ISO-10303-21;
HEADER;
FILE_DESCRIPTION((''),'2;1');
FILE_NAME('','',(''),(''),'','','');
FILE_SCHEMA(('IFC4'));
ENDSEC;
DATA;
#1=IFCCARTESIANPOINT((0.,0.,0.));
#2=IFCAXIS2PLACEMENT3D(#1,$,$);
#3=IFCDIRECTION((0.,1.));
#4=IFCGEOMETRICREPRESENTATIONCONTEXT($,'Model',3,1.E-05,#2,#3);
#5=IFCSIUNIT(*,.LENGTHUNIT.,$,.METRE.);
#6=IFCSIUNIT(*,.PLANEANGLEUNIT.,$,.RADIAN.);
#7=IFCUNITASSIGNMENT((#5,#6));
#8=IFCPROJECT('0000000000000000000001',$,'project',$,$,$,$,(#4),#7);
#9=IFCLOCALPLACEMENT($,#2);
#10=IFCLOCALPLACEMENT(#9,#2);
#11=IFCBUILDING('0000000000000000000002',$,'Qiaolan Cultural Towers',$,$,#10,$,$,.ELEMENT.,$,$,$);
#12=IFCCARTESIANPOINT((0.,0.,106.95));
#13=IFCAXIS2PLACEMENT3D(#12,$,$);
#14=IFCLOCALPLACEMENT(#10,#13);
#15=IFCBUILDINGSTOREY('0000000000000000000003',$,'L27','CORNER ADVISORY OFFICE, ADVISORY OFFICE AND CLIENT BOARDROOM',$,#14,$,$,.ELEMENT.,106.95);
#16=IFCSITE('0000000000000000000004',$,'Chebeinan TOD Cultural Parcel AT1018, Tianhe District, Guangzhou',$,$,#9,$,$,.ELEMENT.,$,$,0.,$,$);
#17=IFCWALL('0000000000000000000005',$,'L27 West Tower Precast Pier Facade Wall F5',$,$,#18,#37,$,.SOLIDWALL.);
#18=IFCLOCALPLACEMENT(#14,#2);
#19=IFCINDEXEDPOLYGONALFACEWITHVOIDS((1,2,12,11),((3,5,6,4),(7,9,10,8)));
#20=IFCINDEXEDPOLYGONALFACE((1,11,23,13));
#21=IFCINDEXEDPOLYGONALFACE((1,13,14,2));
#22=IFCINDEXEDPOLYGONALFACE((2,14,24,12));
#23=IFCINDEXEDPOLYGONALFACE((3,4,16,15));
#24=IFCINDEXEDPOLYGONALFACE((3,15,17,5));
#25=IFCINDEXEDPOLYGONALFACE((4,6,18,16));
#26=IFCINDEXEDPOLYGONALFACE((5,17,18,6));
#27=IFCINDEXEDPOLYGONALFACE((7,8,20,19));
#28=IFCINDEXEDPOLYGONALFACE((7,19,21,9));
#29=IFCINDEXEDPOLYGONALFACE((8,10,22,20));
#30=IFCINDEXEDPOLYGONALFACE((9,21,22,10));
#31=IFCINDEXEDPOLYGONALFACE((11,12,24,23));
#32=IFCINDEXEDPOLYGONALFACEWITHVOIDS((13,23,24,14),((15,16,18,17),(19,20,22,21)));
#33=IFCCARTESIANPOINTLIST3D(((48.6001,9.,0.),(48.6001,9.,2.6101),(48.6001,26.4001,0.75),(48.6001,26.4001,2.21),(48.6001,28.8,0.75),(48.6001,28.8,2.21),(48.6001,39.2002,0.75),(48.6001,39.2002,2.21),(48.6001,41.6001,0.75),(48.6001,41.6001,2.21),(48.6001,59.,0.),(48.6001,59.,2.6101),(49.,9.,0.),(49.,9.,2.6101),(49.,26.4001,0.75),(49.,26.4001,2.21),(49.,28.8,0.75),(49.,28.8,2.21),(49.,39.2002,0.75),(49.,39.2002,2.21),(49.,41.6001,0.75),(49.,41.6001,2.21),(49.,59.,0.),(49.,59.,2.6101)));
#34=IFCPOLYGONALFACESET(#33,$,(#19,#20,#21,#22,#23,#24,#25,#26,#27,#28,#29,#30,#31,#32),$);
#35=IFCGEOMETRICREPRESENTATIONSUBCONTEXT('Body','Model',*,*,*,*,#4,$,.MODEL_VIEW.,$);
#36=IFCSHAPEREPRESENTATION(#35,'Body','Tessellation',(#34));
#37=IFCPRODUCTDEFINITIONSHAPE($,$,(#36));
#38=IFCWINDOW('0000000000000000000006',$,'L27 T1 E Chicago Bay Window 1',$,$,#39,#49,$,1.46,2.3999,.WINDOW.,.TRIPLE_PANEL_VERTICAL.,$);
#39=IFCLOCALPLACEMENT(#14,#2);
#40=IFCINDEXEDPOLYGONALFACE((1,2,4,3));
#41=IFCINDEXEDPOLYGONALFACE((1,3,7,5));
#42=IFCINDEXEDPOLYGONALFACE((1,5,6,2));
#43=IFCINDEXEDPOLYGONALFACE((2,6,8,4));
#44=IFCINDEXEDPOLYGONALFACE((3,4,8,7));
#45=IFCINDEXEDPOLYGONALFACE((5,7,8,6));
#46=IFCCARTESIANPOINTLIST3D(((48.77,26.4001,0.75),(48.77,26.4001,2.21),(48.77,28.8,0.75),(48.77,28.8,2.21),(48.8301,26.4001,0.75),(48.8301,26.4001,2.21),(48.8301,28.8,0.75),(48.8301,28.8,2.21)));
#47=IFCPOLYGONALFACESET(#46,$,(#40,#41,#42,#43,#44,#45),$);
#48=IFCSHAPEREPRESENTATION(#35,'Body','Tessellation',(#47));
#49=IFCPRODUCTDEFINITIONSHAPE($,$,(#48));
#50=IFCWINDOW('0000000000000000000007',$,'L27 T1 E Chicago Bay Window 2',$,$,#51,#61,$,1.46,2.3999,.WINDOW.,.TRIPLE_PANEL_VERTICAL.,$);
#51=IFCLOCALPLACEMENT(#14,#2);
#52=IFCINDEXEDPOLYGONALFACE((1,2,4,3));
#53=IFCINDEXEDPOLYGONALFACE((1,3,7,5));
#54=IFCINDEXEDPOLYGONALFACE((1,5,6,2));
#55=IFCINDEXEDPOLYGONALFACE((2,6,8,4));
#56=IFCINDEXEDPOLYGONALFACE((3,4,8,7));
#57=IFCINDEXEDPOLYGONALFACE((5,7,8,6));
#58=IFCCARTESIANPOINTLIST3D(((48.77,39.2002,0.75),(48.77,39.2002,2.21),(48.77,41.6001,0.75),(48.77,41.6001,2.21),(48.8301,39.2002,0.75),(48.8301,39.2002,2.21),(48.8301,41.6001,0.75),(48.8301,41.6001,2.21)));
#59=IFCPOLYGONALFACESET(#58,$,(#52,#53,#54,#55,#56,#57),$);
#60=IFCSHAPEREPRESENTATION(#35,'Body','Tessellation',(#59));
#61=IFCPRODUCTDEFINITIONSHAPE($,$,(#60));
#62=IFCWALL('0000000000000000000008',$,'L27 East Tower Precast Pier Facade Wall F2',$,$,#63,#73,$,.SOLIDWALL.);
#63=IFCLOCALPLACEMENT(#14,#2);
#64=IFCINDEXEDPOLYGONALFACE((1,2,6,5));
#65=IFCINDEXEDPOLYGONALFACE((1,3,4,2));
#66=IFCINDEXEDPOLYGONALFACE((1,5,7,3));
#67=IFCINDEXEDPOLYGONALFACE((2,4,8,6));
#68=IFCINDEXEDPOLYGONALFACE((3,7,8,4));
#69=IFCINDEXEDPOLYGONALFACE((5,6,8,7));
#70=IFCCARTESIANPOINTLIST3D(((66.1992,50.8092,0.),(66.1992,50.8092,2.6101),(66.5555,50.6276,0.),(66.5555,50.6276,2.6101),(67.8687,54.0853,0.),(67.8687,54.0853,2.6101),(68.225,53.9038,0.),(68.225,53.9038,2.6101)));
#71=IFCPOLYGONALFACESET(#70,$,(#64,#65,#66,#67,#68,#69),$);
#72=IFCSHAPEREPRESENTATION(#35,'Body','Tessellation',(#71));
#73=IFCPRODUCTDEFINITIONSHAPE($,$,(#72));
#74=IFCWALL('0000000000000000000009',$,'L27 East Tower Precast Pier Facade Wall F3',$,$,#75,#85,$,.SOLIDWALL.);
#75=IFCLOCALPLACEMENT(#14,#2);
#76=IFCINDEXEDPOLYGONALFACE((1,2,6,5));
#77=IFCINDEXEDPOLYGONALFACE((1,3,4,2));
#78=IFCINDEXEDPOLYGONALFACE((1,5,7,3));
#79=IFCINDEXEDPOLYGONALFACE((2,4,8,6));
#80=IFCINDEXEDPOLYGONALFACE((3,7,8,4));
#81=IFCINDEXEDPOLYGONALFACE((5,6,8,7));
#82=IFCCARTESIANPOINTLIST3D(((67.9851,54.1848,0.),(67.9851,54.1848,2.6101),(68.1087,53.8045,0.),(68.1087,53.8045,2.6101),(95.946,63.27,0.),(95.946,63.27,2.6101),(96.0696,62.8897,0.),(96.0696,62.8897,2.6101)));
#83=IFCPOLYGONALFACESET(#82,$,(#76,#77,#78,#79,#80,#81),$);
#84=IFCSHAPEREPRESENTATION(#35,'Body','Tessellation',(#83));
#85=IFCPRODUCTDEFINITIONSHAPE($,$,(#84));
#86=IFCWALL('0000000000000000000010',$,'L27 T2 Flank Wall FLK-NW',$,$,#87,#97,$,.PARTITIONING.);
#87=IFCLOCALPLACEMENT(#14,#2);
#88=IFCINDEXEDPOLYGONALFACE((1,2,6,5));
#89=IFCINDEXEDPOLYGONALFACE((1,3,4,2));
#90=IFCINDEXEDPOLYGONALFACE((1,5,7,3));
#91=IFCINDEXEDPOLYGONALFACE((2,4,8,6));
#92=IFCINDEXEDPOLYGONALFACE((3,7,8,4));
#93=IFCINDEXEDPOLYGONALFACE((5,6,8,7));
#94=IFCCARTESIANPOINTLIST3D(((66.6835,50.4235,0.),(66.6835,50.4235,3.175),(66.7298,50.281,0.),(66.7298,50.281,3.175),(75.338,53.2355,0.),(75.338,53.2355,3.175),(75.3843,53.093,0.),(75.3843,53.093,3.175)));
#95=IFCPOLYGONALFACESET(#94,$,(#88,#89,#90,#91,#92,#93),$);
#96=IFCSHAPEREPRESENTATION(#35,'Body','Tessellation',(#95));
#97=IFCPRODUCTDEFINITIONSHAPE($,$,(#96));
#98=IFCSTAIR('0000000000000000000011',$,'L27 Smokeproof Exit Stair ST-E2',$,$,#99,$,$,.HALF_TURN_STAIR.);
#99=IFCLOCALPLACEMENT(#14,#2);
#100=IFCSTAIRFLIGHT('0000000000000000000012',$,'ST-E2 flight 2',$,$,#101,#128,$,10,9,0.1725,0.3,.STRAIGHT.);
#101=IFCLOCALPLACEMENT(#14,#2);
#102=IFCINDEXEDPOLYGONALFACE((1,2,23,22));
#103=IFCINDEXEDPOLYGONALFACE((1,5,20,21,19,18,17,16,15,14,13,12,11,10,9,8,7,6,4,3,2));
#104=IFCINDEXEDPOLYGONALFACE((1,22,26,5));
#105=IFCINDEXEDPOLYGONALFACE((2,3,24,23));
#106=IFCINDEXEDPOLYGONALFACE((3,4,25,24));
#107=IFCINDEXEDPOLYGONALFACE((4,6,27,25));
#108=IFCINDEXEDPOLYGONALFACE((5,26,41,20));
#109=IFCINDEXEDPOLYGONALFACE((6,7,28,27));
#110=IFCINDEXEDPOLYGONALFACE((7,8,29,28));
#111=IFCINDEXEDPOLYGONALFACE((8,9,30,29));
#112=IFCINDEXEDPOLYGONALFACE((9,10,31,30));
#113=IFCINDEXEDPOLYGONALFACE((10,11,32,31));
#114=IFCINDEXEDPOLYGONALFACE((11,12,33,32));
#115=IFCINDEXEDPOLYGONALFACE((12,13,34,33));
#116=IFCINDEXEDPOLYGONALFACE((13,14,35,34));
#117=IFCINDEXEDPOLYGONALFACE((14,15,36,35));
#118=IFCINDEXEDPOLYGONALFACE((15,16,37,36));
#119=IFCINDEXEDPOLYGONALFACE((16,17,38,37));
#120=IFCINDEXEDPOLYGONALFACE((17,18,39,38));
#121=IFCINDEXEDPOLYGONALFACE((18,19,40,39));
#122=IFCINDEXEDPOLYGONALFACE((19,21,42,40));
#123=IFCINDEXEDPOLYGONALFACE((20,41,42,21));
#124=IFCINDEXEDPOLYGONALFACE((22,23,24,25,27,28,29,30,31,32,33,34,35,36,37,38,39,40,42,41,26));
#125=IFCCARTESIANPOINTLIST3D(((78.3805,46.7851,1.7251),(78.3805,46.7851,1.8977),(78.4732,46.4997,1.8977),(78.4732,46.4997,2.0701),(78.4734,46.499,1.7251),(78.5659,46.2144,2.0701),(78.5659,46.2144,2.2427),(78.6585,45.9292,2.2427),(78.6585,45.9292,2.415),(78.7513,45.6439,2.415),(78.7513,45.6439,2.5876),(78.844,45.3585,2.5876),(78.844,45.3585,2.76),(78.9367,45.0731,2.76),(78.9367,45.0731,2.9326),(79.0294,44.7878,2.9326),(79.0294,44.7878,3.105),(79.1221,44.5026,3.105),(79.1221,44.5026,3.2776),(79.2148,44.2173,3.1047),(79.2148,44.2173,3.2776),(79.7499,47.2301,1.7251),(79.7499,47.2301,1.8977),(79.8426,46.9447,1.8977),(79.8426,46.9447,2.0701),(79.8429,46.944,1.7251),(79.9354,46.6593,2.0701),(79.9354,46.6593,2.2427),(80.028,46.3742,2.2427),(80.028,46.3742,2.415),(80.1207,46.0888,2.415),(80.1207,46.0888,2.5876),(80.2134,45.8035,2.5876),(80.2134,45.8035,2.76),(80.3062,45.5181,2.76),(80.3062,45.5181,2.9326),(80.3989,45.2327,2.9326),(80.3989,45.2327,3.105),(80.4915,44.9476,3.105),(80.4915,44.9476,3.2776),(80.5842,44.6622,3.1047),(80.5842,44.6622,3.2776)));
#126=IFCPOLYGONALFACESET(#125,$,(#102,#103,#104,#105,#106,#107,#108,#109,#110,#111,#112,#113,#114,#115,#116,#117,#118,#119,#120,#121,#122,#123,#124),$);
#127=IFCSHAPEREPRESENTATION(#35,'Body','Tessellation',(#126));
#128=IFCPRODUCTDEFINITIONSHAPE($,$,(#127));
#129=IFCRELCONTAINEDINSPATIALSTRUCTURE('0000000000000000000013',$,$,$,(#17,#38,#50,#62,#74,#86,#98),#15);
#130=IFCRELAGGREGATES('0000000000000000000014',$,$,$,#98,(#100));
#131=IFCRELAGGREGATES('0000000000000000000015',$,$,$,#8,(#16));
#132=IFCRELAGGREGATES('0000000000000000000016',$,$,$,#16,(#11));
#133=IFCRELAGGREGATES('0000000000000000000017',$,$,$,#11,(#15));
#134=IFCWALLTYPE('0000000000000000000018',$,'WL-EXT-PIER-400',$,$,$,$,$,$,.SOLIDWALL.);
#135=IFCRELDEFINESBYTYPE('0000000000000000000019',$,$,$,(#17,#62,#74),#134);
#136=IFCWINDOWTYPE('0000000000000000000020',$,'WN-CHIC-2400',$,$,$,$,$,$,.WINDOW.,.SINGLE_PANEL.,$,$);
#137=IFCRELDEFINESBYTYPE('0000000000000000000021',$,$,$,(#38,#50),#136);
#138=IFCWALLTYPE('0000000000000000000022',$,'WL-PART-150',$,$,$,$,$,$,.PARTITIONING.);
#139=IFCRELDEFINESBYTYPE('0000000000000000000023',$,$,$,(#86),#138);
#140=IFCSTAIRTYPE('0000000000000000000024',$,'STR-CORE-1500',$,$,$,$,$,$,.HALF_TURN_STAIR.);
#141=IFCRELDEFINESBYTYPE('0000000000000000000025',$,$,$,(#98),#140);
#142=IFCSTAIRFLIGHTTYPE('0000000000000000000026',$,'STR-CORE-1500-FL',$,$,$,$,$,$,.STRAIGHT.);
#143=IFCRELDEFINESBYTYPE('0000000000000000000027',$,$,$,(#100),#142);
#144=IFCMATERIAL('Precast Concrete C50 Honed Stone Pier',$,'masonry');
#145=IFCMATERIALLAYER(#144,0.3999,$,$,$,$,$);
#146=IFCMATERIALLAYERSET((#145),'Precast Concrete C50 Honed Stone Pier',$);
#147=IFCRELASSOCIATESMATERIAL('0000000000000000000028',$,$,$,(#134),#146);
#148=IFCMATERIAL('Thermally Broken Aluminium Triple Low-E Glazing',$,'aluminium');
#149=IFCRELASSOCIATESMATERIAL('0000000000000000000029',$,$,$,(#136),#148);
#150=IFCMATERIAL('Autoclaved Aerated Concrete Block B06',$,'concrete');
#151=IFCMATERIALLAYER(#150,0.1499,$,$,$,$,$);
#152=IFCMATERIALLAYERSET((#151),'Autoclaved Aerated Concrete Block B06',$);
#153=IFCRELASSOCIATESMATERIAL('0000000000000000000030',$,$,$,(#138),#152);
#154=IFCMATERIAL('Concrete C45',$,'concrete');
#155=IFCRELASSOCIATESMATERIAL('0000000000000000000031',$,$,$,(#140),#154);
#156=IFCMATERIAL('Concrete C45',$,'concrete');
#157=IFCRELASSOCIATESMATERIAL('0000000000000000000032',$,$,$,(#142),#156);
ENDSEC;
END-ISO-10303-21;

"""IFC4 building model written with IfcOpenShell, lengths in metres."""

from ifc_helpers import new_model, si_unit, direction, frame, frame_2d, origin, place, context, subcontext, project, spatial, polyline, rectangle, outline, extrude, material, layer, layer_set, type_object, element, fill, aggregate, save


model = new_model("IFC4")

# Units and contexts
model_context = context("Model", 3, precision=1e-05, world=origin(), true_north=direction((0.0, 1.0)))
body_context = subcontext(model_context, "Body", "Model", "MODEL_VIEW")
ifc_project = project(units=[si_unit("LENGTHUNIT", "METRE"), si_unit("PLANEANGLEUNIT", "RADIAN")], contexts=[model_context])

# Site, building, storey
site_placement = place(None, origin())
site = spatial("IfcSite", under=ifc_project, at=site_placement, Name="Chebeinan TOD Cultural Parcel AT1018, Tianhe District, Guangzhou", CompositionType="ELEMENT", RefElevation=0.0)
building_placement = place(site_placement, origin())
building = spatial("IfcBuilding", under=site, at=building_placement, Name="Qiaolan Cultural Towers", CompositionType="ELEMENT")
storey_placement = place(building_placement, frame((0.0, 0.0, 106.95)))
storey = spatial("IfcBuildingStorey", under=building, at=storey_placement, Name="L27", Description="CORNER ADVISORY OFFICE, ADVISORY OFFICE AND CLIENT BOARDROOM", CompositionType="ELEMENT", Elevation=106.95)

# Wall, openings, windows
ifc_material_1 = material(Name="Precast Concrete C50 Honed Stone Pier", Category="masonry")
ifc_layer_1 = layer(ifc_material_1, 0.3999)
ifc_layer_set_1 = layer_set([ifc_layer_1], Name="Precast Concrete C50 Honed Stone Pier")
wall_type_1 = type_object("IfcWallType", Name="WL-EXT-PIER-400", PredefinedType="SOLIDWALL", material=ifc_layer_set_1)
wall_1_placement = place(storey_placement, frame((48.8, 59.0, 0.0), z_axis=(0.0, 0.0, 1.0), x_axis=(0.0, -1.0, 0.0)))
wall_1 = element("IfcWall", 1, at=wall_1_placement, inside=storey, type_object=wall_type_1, Name="L27 West Tower Precast Pier Facade Wall F5", PredefinedType="SOLIDWALL", context=body_context, shape_type="SweptSolid", body=[
    extrude(rectangle(XDim=50.0, YDim=0.3999, at=frame_2d((25.0, 0.0))), origin(), (0.0, 0.0, 1.0), 2.6101),
])
opening_1_placement = place(wall_1_placement, frame((30.2, 0.0, 0.75)))
opening_1 = element("IfcOpeningElement", 2, at=opening_1_placement, cuts=wall_1, PredefinedType="OPENING", context=body_context, shape_type="SweptSolid", body=[
    extrude(rectangle(XDim=2.3999, YDim=1.46, at=frame_2d((1.2, 0.73))), frame((0.0, 0.21, 0.0), z_axis=(0.0, -1.0, 0.0), x_axis=(1.0, 0.0, 0.0)), (0.0, 0.0, 1.0), 0.4199),
])
opening_2_placement = place(wall_1_placement, frame((17.3999, 0.0, 0.75)))
opening_2 = element("IfcOpeningElement", 3, at=opening_2_placement, cuts=wall_1, PredefinedType="OPENING", context=body_context, shape_type="SweptSolid", body=[
    extrude(rectangle(XDim=2.3999, YDim=1.46, at=frame_2d((1.2, 0.73))), frame((0.0, 0.21, 0.0), z_axis=(0.0, -1.0, 0.0), x_axis=(1.0, 0.0, 0.0)), (0.0, 0.0, 1.0), 0.4199),
])
ifc_material_2 = material(Name="Thermally Broken Aluminium Triple Low-E Glazing", Category="aluminium")
window_type = type_object("IfcWindowType", Name="WN-CHIC-2400", PartitioningType="SINGLE_PANEL", PredefinedType="WINDOW", material=ifc_material_2)
window_1_placement = place(opening_1_placement, origin())
window_1 = element("IfcWindow", 4, at=window_1_placement, inside=storey, type_object=window_type, Name="L27 T1 E Chicago Bay Window 1", OverallHeight=1.46, OverallWidth=2.3999, PartitioningType="TRIPLE_PANEL_VERTICAL", PredefinedType="WINDOW", context=body_context, shape_type="SweptSolid", body=[
    extrude(rectangle(XDim=2.3999, YDim=1.46, at=frame_2d((1.2, 0.73))), frame((0.0, 0.03, 0.0), z_axis=(0.0, -1.0, 0.0), x_axis=(1.0, 0.0, 0.0)), (0.0, 0.0, 1.0), 0.0601),
])
fill(opening_1, window_1)
window_2_placement = place(opening_2_placement, origin())
window_2 = element("IfcWindow", 5, at=window_2_placement, inside=storey, type_object=window_type, Name="L27 T1 E Chicago Bay Window 2", OverallHeight=1.46, OverallWidth=2.3999, PartitioningType="TRIPLE_PANEL_VERTICAL", PredefinedType="WINDOW", context=body_context, shape_type="SweptSolid", body=[
    extrude(rectangle(XDim=2.3999, YDim=1.46, at=frame_2d((1.2, 0.73))), frame((0.0, 0.03, 0.0), z_axis=(0.0, -1.0, 0.0), x_axis=(1.0, 0.0, 0.0)), (0.0, 0.0, 1.0), 0.0601),
])
fill(opening_2, window_2)

# Walls
wall_2_placement = place(storey_placement, frame((66.3774, 50.7185, 0.0), z_axis=(0.0, 0.0, 1.0), x_axis=(0.454026, 0.890988, 0.0)))
element("IfcWall", 6, at=wall_2_placement, inside=storey, type_object=wall_type_1, Name="L27 East Tower Precast Pier Facade Wall F2", PredefinedType="SOLIDWALL", context=body_context, shape_type="SweptSolid", body=[
    extrude(rectangle(XDim=3.677, YDim=0.3999, at=frame_2d((1.8384, 0.0))), origin(), (0.0, 0.0, 1.0), 2.6101),
])
wall_3_placement = place(storey_placement, frame((68.0469, 53.9946, 0.0), z_axis=(0.0, 0.0, 1.0), x_axis=(0.951055, 0.309021, 0.0)))
element("IfcWall", 7, at=wall_3_placement, inside=storey, type_object=wall_type_1, Name="L27 East Tower Precast Pier Facade Wall F3", PredefinedType="SOLIDWALL", context=body_context, shape_type="SweptSolid", body=[
    extrude(rectangle(XDim=29.3999, YDim=0.3999, at=frame_2d((14.7, 0.0))), origin(), (0.0, 0.0, 1.0), 2.6101),
])
ifc_material_3 = material(Name="Autoclaved Aerated Concrete Block B06", Category="concrete")
ifc_layer_2 = layer(ifc_material_3, 0.1499)
ifc_layer_set_2 = layer_set([ifc_layer_2], Name="Autoclaved Aerated Concrete Block B06")
wall_type_2 = type_object("IfcWallType", Name="WL-PART-150", PredefinedType="PARTITIONING", material=ifc_layer_set_2)
wall_4_placement = place(storey_placement, frame((66.7068, 50.3523, 0.0), z_axis=(0.0, 0.0, 1.0), x_axis=(0.951057, 0.309015, 0.0)))
element("IfcWall", 8, at=wall_4_placement, inside=storey, type_object=wall_type_2, Name="L27 T2 Flank Wall FLK-NW", PredefinedType="PARTITIONING", context=body_context, shape_type="SweptSolid", body=[
    extrude(rectangle(XDim=9.0999, YDim=0.1499, at=frame_2d((4.5498, 0.0))), origin(), (0.0, 0.0, 1.0), 3.175),
])

# Stair, stair flight
ifc_material_4 = material(Name="Concrete C45", Category="concrete")
stair_type = type_object("IfcStairType", Name="STR-CORE-1500", PredefinedType="HALF_TURN_STAIR", material=ifc_material_4)
stair_placement = place(storey_placement, origin())
stair = element("IfcStair", 9, at=stair_placement, inside=storey, type_object=stair_type, Name="L27 Smokeproof Exit Stair ST-E2", PredefinedType="HALF_TURN_STAIR")
ifc_material_5 = material(Name="Concrete C45", Category="concrete")
stair_flight_type = type_object("IfcStairFlightType", Name="STR-CORE-1500-FL", PredefinedType="STRAIGHT", material=ifc_material_5)
stair_flight_placement = place(storey_placement, frame((79.0652, 47.0076, 1.7251), z_axis=(0.0, 0.0, 1.0), x_axis=(0.309017, -0.951057, 0.0)))
stair_flight = element("IfcStairFlight", 10, at=stair_flight_placement, type_object=stair_flight_type, Name="ST-E2 flight 2", NumberOfRisers=10, NumberOfTreads=9, PredefinedType="STRAIGHT", RiserHeight=0.1725, TreadLength=0.3, context=body_context, shape_type="SweptSolid", body=[
    extrude(outline(polyline([(0.0, 0.0), (0.0, 0.1726), (0.3, 0.1726), (0.3, 0.345), (0.6001, 0.345), (0.6001, 0.5176), (0.8999, 0.5176), (0.8999, 0.6899), (1.2, 0.6899), (1.2, 0.8625), (1.5, 0.8625), (1.5, 1.0349), (1.8, 1.0349), (1.8, 1.2075), (2.1001, 1.2075), (2.1001, 1.3799), (2.3999, 1.3799), (2.3999, 1.5525), (2.7, 1.5525), (2.7, 1.7251), (2.7, 1.3796), (0.3008, 0.0), (0.0, 0.0)])), frame((0.0, 0.72, 0.0), z_axis=(0.0, -1.0, 0.0), x_axis=(1.0, 0.0, 0.0)), (0.0, 0.0, 1.0), 1.4399),
])
aggregate(stair, [stair_flight])

save(model, "model.ifc")
